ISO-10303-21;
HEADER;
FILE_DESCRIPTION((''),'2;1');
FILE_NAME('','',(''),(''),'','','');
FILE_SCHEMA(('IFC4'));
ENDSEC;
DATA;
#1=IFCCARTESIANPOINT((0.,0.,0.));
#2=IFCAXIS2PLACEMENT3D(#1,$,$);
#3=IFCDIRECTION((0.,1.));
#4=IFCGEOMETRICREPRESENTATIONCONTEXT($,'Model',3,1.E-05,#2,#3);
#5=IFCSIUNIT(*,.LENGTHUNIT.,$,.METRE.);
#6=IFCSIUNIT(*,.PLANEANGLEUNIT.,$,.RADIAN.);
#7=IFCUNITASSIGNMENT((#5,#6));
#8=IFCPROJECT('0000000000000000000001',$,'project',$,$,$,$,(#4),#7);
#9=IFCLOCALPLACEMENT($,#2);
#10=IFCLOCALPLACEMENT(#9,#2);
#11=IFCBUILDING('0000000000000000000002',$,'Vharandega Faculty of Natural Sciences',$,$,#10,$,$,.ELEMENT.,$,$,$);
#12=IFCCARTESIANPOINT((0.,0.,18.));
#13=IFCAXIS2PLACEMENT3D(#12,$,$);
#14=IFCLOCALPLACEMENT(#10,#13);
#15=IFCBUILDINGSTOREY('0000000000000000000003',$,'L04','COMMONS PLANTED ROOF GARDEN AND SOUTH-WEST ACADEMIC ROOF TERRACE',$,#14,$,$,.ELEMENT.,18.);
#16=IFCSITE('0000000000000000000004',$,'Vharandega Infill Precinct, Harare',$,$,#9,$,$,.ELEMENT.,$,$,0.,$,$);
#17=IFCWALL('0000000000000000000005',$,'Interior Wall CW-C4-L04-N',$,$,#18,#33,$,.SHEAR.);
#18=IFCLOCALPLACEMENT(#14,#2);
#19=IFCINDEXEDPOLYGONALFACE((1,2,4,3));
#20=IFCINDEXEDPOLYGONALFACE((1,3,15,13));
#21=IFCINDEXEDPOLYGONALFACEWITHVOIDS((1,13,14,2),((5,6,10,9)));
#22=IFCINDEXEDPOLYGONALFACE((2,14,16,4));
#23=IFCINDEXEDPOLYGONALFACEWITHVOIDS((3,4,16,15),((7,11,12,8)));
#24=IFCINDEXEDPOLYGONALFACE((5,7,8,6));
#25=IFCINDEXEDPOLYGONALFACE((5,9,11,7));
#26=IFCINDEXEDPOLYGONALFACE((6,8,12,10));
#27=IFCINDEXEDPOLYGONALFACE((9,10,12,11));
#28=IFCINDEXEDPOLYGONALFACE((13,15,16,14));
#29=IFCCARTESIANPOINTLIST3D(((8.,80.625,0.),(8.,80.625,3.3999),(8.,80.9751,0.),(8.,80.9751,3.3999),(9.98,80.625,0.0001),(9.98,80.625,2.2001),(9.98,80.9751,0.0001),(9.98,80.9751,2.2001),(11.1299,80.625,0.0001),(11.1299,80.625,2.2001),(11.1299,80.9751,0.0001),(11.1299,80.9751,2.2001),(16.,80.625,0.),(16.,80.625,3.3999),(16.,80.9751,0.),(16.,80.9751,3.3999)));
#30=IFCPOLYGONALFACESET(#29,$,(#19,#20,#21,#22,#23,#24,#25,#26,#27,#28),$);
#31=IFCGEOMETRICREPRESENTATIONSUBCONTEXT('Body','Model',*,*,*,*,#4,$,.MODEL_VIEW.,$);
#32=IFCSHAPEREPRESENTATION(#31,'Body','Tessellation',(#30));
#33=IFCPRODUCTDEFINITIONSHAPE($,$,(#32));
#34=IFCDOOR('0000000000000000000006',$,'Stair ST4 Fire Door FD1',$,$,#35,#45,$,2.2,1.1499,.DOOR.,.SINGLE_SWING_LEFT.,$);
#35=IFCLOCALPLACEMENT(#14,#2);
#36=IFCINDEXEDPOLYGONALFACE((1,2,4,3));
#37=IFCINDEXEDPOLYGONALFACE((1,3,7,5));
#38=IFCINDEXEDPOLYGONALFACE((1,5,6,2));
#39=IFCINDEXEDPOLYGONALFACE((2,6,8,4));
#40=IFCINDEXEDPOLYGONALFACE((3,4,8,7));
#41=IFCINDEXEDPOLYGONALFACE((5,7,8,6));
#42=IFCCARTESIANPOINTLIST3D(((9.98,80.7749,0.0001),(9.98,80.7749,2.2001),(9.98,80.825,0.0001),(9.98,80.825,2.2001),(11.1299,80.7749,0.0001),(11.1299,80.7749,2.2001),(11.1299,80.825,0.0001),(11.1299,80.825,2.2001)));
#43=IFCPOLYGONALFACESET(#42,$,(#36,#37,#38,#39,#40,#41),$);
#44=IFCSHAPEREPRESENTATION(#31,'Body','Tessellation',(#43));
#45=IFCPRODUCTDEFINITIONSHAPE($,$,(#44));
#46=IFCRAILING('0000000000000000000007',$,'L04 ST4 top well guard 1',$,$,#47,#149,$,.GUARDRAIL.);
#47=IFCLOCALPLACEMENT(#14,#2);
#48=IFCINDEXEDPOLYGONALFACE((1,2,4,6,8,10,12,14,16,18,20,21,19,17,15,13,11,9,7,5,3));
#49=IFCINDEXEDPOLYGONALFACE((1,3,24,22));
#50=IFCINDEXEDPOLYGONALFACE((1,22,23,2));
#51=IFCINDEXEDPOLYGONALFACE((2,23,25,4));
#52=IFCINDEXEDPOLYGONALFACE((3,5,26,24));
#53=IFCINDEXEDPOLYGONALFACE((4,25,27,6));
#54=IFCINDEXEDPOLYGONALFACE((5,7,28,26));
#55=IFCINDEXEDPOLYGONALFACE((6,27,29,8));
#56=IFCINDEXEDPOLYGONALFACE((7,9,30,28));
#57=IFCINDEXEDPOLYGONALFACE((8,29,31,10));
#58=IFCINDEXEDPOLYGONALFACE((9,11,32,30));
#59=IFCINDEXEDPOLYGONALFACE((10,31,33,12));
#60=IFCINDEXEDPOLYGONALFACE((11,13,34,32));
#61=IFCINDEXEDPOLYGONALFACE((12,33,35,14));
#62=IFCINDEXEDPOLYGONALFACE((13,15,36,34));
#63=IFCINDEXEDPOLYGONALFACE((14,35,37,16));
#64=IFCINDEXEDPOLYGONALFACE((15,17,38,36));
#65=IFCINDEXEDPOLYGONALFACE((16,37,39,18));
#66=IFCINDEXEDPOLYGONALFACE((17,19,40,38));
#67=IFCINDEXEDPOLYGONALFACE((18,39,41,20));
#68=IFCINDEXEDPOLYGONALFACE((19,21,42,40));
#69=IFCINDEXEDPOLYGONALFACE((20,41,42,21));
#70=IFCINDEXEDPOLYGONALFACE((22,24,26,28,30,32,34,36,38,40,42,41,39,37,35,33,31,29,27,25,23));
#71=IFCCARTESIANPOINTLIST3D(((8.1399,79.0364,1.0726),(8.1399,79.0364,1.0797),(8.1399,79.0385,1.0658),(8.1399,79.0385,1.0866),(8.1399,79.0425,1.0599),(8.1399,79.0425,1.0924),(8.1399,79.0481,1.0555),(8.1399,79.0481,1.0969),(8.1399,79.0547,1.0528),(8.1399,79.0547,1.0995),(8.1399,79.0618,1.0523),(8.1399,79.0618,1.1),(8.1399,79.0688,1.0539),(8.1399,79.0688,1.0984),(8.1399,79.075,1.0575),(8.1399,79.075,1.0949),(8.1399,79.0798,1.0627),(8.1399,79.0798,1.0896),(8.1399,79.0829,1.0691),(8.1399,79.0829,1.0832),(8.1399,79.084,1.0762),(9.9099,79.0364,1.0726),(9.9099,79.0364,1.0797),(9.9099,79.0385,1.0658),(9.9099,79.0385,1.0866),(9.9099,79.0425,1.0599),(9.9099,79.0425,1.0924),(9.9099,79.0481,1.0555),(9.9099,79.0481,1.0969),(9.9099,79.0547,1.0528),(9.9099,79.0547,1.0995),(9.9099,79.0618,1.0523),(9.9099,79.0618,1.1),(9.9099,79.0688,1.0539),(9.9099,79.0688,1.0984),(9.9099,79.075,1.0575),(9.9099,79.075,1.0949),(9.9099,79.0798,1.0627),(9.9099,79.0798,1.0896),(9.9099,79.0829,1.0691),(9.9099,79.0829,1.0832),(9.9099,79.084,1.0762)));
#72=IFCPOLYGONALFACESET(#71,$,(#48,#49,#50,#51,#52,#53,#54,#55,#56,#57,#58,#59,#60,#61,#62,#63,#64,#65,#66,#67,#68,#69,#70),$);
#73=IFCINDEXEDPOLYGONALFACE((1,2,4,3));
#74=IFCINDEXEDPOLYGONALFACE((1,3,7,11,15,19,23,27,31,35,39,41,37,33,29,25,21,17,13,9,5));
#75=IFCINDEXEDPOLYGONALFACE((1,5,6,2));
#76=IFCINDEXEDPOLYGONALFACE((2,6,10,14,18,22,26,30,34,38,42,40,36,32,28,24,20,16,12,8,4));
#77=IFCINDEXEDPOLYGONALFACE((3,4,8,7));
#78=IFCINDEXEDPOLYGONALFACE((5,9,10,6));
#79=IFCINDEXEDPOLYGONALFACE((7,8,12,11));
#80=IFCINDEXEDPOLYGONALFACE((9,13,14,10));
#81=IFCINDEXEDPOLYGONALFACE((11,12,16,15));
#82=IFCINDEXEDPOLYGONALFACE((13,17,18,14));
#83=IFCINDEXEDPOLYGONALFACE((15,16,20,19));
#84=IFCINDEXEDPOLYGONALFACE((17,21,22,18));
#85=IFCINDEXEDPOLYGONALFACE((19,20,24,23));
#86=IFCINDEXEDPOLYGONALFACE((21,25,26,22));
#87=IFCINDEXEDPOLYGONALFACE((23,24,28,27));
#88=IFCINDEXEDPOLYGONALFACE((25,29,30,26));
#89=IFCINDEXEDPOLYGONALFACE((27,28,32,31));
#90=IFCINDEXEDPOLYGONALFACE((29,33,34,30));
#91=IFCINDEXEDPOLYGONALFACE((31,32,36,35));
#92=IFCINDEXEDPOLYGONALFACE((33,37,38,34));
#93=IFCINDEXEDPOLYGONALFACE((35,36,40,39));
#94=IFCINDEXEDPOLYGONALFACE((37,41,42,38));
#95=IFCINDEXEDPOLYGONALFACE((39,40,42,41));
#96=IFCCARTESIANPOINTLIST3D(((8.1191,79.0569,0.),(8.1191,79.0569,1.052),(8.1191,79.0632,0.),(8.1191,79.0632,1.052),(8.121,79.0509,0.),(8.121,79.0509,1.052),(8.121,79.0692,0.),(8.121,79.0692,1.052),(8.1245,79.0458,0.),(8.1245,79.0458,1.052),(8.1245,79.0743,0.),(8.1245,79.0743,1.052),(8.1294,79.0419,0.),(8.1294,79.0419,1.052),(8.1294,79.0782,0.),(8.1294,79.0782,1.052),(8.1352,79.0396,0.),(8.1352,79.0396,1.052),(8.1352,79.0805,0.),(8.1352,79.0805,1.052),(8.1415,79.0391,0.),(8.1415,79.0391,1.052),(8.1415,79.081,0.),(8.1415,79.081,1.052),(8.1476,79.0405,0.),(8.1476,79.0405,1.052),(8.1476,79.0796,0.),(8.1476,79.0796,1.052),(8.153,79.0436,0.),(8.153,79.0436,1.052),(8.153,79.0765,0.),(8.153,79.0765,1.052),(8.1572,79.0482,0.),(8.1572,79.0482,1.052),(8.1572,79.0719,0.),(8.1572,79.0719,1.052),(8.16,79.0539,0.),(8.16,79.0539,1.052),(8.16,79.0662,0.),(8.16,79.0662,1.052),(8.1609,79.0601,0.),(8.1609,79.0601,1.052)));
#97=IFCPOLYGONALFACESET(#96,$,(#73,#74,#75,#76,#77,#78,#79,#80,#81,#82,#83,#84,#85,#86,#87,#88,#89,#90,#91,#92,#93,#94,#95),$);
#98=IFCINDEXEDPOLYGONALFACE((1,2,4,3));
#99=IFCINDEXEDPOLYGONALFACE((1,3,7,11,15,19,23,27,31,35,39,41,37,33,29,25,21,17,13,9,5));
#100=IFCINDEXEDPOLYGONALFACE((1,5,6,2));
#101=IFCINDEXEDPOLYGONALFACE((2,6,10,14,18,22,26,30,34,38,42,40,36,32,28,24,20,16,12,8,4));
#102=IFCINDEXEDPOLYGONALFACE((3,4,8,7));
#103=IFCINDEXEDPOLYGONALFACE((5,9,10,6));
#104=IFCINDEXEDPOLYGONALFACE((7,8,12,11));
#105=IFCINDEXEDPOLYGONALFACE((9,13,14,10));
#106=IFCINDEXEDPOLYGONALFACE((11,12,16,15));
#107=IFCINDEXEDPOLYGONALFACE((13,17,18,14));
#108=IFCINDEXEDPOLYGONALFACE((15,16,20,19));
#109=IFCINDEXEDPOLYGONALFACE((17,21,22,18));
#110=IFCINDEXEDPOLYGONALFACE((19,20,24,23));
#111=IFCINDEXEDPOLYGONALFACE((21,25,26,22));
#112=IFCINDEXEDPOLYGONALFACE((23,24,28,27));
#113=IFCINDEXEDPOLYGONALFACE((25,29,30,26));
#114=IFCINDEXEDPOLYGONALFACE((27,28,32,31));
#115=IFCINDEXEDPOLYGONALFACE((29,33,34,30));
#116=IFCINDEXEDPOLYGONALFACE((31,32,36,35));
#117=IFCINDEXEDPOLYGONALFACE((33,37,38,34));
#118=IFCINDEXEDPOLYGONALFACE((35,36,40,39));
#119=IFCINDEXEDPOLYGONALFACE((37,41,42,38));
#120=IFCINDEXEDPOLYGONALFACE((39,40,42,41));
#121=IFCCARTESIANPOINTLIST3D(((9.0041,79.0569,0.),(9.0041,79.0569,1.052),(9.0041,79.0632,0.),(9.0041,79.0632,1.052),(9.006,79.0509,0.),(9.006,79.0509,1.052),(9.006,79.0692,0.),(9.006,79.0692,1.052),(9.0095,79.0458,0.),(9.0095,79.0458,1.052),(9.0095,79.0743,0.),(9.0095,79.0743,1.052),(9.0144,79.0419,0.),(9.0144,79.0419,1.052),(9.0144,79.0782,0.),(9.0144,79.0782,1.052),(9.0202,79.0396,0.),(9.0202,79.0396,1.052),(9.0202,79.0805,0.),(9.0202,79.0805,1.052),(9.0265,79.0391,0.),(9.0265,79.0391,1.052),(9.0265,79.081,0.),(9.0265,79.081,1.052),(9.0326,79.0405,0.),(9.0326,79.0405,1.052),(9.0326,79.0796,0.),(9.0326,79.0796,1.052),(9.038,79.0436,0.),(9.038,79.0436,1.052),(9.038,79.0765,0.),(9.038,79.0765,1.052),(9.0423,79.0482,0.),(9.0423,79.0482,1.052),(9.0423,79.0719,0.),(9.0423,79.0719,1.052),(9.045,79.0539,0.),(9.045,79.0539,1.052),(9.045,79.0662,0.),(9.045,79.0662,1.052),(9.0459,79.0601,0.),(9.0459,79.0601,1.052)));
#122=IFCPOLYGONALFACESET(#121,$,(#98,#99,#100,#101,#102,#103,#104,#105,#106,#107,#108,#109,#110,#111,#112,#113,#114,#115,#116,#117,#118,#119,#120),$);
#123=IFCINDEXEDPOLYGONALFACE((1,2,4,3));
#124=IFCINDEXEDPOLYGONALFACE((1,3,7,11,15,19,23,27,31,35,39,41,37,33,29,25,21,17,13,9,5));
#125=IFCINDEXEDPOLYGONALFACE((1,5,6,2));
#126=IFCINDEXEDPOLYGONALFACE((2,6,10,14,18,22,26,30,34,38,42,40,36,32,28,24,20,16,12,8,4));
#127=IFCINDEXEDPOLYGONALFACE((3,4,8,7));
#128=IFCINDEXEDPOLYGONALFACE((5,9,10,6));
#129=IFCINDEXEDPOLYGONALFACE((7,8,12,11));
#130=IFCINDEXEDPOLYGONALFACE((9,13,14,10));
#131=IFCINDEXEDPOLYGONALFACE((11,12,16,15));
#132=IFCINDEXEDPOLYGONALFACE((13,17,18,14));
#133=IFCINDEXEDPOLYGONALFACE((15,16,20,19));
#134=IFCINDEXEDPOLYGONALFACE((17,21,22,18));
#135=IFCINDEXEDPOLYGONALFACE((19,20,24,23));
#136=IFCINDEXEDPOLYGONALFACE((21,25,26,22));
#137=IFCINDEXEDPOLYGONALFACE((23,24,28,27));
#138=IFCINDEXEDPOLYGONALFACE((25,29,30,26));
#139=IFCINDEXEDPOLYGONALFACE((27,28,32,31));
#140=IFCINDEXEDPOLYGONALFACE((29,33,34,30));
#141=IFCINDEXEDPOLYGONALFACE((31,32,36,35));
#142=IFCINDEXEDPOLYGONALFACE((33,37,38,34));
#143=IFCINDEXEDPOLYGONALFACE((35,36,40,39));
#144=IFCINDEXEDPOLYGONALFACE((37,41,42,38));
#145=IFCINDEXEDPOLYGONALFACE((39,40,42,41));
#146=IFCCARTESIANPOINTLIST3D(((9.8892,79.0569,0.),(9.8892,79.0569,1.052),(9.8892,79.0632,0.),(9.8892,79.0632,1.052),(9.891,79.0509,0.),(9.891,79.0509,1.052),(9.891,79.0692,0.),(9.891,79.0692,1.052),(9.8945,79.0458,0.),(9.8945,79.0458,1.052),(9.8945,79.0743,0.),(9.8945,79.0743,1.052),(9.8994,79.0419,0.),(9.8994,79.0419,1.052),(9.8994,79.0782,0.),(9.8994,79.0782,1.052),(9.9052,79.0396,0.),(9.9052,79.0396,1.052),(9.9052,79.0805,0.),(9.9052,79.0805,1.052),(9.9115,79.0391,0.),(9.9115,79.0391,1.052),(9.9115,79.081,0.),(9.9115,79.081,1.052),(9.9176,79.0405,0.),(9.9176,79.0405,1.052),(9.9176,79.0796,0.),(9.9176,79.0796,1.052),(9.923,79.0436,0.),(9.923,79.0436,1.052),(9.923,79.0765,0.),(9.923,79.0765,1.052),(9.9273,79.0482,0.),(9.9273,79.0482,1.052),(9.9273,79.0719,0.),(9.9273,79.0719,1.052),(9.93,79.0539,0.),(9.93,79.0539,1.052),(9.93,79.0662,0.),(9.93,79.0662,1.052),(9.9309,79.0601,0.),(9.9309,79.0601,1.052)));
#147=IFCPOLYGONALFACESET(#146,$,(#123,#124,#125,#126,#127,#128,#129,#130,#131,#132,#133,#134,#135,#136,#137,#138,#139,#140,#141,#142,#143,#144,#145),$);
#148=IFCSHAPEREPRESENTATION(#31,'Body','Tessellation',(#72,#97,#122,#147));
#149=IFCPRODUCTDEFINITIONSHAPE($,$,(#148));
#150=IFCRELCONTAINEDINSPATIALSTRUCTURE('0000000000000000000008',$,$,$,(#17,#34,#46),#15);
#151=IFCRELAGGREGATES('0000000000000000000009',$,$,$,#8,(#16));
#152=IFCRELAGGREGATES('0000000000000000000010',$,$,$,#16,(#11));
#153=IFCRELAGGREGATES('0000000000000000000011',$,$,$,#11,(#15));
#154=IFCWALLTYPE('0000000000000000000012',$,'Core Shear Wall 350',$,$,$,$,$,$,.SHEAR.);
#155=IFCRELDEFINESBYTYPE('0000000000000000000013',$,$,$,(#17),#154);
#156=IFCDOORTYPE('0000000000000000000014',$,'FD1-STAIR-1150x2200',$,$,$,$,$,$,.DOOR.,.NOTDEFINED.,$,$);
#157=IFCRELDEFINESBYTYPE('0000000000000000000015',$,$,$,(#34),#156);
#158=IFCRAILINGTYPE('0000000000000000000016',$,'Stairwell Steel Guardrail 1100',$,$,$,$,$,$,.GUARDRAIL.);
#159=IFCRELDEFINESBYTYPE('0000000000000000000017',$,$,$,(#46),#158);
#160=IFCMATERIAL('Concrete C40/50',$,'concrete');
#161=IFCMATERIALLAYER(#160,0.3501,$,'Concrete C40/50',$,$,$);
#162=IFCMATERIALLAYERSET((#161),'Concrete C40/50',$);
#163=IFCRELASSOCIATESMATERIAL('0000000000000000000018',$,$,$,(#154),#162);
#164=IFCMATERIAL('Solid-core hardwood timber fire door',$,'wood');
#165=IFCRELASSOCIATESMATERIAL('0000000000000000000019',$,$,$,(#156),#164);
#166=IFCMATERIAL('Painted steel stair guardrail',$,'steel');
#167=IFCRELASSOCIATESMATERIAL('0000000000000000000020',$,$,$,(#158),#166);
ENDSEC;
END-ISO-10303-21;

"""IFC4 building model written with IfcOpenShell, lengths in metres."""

from ifc_helpers import new_model, si_unit, direction, frame, frame_2d, origin, origin_2d, place, context, subcontext, project, spatial, rectangle, circle, extrude, material, layer, layer_set, type_object, element, fill, save


model = new_model("IFC4")

# Units and contexts
model_context = context("Model", 3, precision=1e-05, world=origin(), true_north=direction((0.0, 1.0)))
body_context = subcontext(model_context, "Body", "Model", "MODEL_VIEW")
ifc_project = project(units=[si_unit("LENGTHUNIT", "METRE"), si_unit("PLANEANGLEUNIT", "RADIAN")], contexts=[model_context])

# Site, building, storey
site_placement = place(None, origin())
site = spatial("IfcSite", under=ifc_project, at=site_placement, Name="Vharandega Infill Precinct, Harare", CompositionType="ELEMENT", RefElevation=0.0)
building_placement = place(site_placement, origin())
building = spatial("IfcBuilding", under=site, at=building_placement, Name="Vharandega Faculty of Natural Sciences", CompositionType="ELEMENT")
storey_placement = place(building_placement, frame((0.0, 0.0, 18.0)))
storey = spatial("IfcBuildingStorey", under=building, at=storey_placement, Name="L04", Description="COMMONS PLANTED ROOF GARDEN AND SOUTH-WEST ACADEMIC ROOF TERRACE", CompositionType="ELEMENT", Elevation=18.0)

# Wall, opening, door
ifc_material_1 = material(Name="Concrete C40/50", Category="concrete")
ifc_layer = layer(ifc_material_1, 0.3501, Name="Concrete C40/50")
ifc_layer_set = layer_set([ifc_layer], Name="Concrete C40/50")
wall_type = type_object("IfcWallType", Name="Core Shear Wall 350", PredefinedType="SHEAR", material=ifc_layer_set)
wall_placement = place(storey_placement, frame((8.0, 80.8, 0.0), z_axis=(0.0, 0.0, 1.0), x_axis=(1.0, 0.0, 0.0)))
wall = element("IfcWall", 1, at=wall_placement, inside=storey, type_object=wall_type, Name="Interior Wall CW-C4-L04-N", PredefinedType="SHEAR", context=body_context, shape_type="SweptSolid", body=[
    extrude(rectangle(XDim=8.0, YDim=0.3501, at=frame_2d((4.0, 0.0))), origin(), (0.0, 0.0, 1.0), 3.3999),
])
opening_placement = place(wall_placement, frame((1.98, 0.0, 0.0)))
opening = element("IfcOpeningElement", 2, at=opening_placement, cuts=wall, PredefinedType="OPENING", context=body_context, shape_type="SweptSolid", body=[
    extrude(rectangle(XDim=1.1499, YDim=2.2, at=frame_2d((0.575, 1.1001))), frame((0.0, 0.1851, 0.0), z_axis=(0.0, -1.0, 0.0), x_axis=(1.0, 0.0, 0.0)), (0.0, 0.0, 1.0), 0.3701),
])
ifc_material_2 = material(Name="Solid-core hardwood timber fire door", Category="wood")
door_type = type_object("IfcDoorType", Name="FD1-STAIR-1150x2200", OperationType="NOTDEFINED", PredefinedType="DOOR", material=ifc_material_2)
door_placement = place(opening_placement, origin())
door = element("IfcDoor", 3, at=door_placement, inside=storey, type_object=door_type, Name="Stair ST4 Fire Door FD1", OperationType="SINGLE_SWING_LEFT", OverallHeight=2.2, OverallWidth=1.1499, PredefinedType="DOOR", context=body_context, shape_type="SweptSolid", body=[
    extrude(rectangle(XDim=1.1499, YDim=2.2, at=frame_2d((0.575, 1.1001))), frame((0.0, 0.0249, 0.0), z_axis=(0.0, -1.0, 0.0), x_axis=(1.0, 0.0, 0.0)), (0.0, 0.0, 1.0), 0.05),
])
fill(opening, door)

# Railing
ifc_material_3 = material(Name="Painted steel stair guardrail", Category="steel")
railing_type = type_object("IfcRailingType", Name="Stairwell Steel Guardrail 1100", PredefinedType="GUARDRAIL", material=ifc_material_3)
railing_placement = place(storey_placement, frame((8.1399, 79.0601, 0.0)))
element("IfcRailing", 4, at=railing_placement, inside=storey, type_object=railing_type, Name="L04 ST4 top well guard 1", PredefinedType="GUARDRAIL", context=body_context, shape_type="SweptSolid", body=[
    extrude(circle(Radius=0.0239, at=origin_2d()), frame((0.0, 0.0, 1.0762), z_axis=(1.0, 0.0, 0.0), x_axis=(0.0, 1.0, 0.0)), (0.0, 0.0, 1.0), 1.77),
    extrude(circle(Radius=0.021, at=origin_2d()), origin(), (0.0, 0.0, 1.0), 1.052),
    extrude(circle(Radius=0.021, at=origin_2d()), frame((0.885, 0.0, 0.0)), (0.0, 0.0, 1.0), 1.052),
    extrude(circle(Radius=0.021, at=origin_2d()), frame((1.77, 0.0, 0.0)), (0.0, 0.0, 1.0), 1.052),
])

save(model, "model.ifc")
